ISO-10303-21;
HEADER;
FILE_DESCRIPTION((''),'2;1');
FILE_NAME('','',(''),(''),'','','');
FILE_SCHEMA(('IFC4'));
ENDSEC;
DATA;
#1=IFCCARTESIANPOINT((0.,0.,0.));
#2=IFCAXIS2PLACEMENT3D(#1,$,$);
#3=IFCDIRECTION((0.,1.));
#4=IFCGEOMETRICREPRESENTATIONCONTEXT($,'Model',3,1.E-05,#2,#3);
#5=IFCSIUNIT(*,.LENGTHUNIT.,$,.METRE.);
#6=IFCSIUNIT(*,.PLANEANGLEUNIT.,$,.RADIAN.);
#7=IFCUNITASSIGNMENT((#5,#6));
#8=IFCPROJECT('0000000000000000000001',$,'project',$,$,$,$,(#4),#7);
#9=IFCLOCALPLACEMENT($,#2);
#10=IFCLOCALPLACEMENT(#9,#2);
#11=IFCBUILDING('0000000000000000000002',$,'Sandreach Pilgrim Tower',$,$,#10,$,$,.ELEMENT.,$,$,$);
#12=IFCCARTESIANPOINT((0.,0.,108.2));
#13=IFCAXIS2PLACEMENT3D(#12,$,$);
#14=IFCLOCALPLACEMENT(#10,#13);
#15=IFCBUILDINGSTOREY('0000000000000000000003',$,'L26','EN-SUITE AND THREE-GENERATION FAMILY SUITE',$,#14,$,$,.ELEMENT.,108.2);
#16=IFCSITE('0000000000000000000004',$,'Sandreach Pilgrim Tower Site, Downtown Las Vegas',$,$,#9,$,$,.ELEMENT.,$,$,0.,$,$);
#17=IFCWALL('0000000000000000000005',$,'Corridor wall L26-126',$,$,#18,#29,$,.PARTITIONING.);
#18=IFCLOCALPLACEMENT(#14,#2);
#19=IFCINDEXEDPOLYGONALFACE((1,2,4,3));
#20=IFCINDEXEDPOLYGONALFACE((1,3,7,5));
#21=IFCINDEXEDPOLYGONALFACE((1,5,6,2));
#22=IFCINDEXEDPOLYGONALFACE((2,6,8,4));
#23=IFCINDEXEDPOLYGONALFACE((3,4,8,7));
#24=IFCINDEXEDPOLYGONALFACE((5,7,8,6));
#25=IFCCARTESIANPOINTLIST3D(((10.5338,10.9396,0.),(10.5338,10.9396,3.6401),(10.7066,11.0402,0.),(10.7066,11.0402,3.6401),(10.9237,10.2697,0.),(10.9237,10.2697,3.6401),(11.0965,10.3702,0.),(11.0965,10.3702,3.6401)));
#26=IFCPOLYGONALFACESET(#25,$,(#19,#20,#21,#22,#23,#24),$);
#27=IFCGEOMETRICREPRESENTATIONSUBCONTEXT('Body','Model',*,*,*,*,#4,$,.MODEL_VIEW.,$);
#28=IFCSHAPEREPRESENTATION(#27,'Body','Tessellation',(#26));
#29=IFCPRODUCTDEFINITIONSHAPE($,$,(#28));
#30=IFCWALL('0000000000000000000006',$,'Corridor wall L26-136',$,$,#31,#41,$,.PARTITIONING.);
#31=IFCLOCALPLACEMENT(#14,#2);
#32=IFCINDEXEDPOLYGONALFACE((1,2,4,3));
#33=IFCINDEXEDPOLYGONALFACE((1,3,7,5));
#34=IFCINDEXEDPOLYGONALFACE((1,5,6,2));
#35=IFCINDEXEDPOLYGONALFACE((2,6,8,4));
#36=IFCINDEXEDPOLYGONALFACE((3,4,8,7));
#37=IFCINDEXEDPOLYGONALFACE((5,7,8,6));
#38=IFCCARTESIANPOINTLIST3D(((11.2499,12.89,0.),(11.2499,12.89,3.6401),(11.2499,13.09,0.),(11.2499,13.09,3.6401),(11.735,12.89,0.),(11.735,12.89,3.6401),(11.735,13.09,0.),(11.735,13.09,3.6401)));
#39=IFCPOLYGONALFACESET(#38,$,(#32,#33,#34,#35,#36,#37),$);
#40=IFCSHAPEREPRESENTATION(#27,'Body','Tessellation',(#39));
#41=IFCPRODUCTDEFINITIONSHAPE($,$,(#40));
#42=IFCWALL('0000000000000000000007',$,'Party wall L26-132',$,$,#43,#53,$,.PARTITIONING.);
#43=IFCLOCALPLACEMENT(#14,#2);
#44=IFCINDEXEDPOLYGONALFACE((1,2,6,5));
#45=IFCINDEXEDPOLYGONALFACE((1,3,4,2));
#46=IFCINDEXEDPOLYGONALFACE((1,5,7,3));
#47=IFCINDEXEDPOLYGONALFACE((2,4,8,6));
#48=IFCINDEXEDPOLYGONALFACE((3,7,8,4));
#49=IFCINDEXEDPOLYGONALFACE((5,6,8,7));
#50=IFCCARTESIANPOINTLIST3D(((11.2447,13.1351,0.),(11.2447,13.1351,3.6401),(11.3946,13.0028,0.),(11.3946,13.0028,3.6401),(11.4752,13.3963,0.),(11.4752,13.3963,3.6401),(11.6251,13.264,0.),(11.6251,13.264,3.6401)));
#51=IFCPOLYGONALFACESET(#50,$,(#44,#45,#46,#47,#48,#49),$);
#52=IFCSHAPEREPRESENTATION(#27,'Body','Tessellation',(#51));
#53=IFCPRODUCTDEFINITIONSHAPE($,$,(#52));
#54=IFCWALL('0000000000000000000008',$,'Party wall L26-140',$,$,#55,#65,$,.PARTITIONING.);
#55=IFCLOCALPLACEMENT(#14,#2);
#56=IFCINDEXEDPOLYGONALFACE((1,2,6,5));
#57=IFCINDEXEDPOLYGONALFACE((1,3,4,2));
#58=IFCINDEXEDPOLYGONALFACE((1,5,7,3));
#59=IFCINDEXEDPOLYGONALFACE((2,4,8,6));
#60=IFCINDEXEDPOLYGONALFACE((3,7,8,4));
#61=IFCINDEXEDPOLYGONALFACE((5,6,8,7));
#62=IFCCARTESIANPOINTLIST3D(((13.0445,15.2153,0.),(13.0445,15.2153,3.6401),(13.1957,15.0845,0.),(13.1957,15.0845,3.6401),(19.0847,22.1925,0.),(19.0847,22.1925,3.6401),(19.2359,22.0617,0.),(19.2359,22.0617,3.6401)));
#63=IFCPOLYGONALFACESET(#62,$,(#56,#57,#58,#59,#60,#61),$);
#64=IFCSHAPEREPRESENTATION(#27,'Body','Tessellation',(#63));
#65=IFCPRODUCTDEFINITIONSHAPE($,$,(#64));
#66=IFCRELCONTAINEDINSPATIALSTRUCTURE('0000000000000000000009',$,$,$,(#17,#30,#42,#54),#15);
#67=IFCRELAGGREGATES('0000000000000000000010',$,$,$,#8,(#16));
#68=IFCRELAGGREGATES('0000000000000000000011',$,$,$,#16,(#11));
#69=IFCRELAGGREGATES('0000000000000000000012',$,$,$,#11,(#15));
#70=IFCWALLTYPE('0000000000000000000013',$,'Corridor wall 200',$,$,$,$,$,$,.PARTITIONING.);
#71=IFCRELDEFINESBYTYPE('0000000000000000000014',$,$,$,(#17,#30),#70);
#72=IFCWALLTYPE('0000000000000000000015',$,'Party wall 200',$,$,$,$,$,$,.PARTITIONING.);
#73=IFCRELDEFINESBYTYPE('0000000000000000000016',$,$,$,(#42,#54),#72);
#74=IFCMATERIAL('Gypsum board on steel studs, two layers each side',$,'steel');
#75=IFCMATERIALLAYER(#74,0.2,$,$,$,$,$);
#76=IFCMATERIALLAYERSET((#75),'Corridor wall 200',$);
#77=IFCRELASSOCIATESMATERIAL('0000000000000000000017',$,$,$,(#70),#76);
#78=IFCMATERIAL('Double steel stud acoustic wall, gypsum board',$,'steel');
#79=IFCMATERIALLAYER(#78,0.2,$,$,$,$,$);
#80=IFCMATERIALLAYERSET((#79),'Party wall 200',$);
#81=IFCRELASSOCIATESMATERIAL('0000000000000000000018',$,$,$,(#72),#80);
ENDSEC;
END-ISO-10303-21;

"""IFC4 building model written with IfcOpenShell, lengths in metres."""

from ifc_helpers import new_model, si_unit, direction, frame, frame_2d, origin, place, context, subcontext, project, spatial, rectangle, extrude, material, layer, layer_set, type_object, element, save


model = new_model("IFC4")

# Units and contexts
model_context = context("Model", 3, precision=1e-05, world=origin(), true_north=direction((0.0, 1.0)))
body_context = subcontext(model_context, "Body", "Model", "MODEL_VIEW")
ifc_project = project(units=[si_unit("LENGTHUNIT", "METRE"), si_unit("PLANEANGLEUNIT", "RADIAN")], contexts=[model_context])

# Site, building, storey
site_placement = place(None, origin())
site = spatial("IfcSite", under=ifc_project, at=site_placement, Name="Sandreach Pilgrim Tower Site, Downtown Las Vegas", CompositionType="ELEMENT", RefElevation=0.0)
building_placement = place(site_placement, origin())
building = spatial("IfcBuilding", under=site, at=building_placement, Name="Sandreach Pilgrim Tower", CompositionType="ELEMENT")
storey_placement = place(building_placement, frame((0.0, 0.0, 108.2)))
storey = spatial("IfcBuildingStorey", under=building, at=storey_placement, Name="L26", Description="EN-SUITE AND THREE-GENERATION FAMILY SUITE", CompositionType="ELEMENT", Elevation=108.2)

# Wall
ifc_material_1 = material(Name="Gypsum board on steel studs, two layers each side", Category="steel")
ifc_layer_1 = layer(ifc_material_1, 0.2)
ifc_layer_set_1 = layer_set([ifc_layer_1], Name="Corridor wall 200")
wall_type_1 = type_object("IfcWallType", Name="Corridor wall 200", PredefinedType="PARTITIONING", material=ifc_layer_set_1)
wall_1_placement = place(storey_placement, frame((10.6201, 10.99, 0.0), z_axis=(0.0, 0.0, 1.0), x_axis=(0.503009, -0.864281, 0.0)))
element("IfcWall", 1, at=wall_1_placement, inside=storey, type_object=wall_type_1, Name="Corridor wall L26-126", PredefinedType="PARTITIONING", context=body_context, shape_type="SweptSolid", body=[
    extrude(rectangle(XDim=0.7751, YDim=0.2, at=frame_2d((0.3877, 0.0))), origin(), (0.0, 0.0, 1.0), 3.6401),
])

# Walls
wall_2_placement = place(storey_placement, frame((11.7351, 12.99, 0.0), z_axis=(0.0, 0.0, 1.0), x_axis=(-1.0, 0.0, 0.0)))
element("IfcWall", 2, at=wall_2_placement, inside=storey, type_object=wall_type_1, Name="Corridor wall L26-136", PredefinedType="PARTITIONING", context=body_context, shape_type="SweptSolid", body=[
    extrude(rectangle(XDim=0.4851, YDim=0.2, at=frame_2d((0.2427, 0.0))), origin(), (0.0, 0.0, 1.0), 3.6401),
])
ifc_material_2 = material(Name="Double steel stud acoustic wall, gypsum board", Category="steel")
ifc_layer_2 = layer(ifc_material_2, 0.2)
ifc_layer_set_2 = layer_set([ifc_layer_2], Name="Party wall 200")
wall_type_2 = type_object("IfcWallType", Name="Party wall 200", PredefinedType="PARTITIONING", material=ifc_layer_set_2)
wall_3_placement = place(storey_placement, frame((11.3196, 13.0688, 0.0), z_axis=(0.0, 0.0, 1.0), x_axis=(0.661575, 0.749879, 0.0)))
element("IfcWall", 3, at=wall_3_placement, inside=storey, type_object=wall_type_2, Name="Party wall L26-132", PredefinedType="PARTITIONING", context=body_context, shape_type="SweptSolid", body=[
    extrude(rectangle(XDim=0.3484, YDim=0.2, at=frame_2d((0.1743, 0.0))), origin(), (0.0, 0.0, 1.0), 3.6401),
])
wall_4_placement = place(storey_placement, frame((13.1201, 15.1499, 0.0), z_axis=(0.0, 0.0, 1.0), x_axis=(0.654515, 0.756049, 0.0)))
element("IfcWall", 4, at=wall_4_placement, inside=storey, type_object=wall_type_2, Name="Party wall L26-140", PredefinedType="PARTITIONING", context=body_context, shape_type="SweptSolid", body=[
    extrude(rectangle(XDim=9.2285, YDim=0.2, at=frame_2d((4.6143, 0.0))), origin(), (0.0, 0.0, 1.0), 3.6401),
])

save(model, "model.ifc")
